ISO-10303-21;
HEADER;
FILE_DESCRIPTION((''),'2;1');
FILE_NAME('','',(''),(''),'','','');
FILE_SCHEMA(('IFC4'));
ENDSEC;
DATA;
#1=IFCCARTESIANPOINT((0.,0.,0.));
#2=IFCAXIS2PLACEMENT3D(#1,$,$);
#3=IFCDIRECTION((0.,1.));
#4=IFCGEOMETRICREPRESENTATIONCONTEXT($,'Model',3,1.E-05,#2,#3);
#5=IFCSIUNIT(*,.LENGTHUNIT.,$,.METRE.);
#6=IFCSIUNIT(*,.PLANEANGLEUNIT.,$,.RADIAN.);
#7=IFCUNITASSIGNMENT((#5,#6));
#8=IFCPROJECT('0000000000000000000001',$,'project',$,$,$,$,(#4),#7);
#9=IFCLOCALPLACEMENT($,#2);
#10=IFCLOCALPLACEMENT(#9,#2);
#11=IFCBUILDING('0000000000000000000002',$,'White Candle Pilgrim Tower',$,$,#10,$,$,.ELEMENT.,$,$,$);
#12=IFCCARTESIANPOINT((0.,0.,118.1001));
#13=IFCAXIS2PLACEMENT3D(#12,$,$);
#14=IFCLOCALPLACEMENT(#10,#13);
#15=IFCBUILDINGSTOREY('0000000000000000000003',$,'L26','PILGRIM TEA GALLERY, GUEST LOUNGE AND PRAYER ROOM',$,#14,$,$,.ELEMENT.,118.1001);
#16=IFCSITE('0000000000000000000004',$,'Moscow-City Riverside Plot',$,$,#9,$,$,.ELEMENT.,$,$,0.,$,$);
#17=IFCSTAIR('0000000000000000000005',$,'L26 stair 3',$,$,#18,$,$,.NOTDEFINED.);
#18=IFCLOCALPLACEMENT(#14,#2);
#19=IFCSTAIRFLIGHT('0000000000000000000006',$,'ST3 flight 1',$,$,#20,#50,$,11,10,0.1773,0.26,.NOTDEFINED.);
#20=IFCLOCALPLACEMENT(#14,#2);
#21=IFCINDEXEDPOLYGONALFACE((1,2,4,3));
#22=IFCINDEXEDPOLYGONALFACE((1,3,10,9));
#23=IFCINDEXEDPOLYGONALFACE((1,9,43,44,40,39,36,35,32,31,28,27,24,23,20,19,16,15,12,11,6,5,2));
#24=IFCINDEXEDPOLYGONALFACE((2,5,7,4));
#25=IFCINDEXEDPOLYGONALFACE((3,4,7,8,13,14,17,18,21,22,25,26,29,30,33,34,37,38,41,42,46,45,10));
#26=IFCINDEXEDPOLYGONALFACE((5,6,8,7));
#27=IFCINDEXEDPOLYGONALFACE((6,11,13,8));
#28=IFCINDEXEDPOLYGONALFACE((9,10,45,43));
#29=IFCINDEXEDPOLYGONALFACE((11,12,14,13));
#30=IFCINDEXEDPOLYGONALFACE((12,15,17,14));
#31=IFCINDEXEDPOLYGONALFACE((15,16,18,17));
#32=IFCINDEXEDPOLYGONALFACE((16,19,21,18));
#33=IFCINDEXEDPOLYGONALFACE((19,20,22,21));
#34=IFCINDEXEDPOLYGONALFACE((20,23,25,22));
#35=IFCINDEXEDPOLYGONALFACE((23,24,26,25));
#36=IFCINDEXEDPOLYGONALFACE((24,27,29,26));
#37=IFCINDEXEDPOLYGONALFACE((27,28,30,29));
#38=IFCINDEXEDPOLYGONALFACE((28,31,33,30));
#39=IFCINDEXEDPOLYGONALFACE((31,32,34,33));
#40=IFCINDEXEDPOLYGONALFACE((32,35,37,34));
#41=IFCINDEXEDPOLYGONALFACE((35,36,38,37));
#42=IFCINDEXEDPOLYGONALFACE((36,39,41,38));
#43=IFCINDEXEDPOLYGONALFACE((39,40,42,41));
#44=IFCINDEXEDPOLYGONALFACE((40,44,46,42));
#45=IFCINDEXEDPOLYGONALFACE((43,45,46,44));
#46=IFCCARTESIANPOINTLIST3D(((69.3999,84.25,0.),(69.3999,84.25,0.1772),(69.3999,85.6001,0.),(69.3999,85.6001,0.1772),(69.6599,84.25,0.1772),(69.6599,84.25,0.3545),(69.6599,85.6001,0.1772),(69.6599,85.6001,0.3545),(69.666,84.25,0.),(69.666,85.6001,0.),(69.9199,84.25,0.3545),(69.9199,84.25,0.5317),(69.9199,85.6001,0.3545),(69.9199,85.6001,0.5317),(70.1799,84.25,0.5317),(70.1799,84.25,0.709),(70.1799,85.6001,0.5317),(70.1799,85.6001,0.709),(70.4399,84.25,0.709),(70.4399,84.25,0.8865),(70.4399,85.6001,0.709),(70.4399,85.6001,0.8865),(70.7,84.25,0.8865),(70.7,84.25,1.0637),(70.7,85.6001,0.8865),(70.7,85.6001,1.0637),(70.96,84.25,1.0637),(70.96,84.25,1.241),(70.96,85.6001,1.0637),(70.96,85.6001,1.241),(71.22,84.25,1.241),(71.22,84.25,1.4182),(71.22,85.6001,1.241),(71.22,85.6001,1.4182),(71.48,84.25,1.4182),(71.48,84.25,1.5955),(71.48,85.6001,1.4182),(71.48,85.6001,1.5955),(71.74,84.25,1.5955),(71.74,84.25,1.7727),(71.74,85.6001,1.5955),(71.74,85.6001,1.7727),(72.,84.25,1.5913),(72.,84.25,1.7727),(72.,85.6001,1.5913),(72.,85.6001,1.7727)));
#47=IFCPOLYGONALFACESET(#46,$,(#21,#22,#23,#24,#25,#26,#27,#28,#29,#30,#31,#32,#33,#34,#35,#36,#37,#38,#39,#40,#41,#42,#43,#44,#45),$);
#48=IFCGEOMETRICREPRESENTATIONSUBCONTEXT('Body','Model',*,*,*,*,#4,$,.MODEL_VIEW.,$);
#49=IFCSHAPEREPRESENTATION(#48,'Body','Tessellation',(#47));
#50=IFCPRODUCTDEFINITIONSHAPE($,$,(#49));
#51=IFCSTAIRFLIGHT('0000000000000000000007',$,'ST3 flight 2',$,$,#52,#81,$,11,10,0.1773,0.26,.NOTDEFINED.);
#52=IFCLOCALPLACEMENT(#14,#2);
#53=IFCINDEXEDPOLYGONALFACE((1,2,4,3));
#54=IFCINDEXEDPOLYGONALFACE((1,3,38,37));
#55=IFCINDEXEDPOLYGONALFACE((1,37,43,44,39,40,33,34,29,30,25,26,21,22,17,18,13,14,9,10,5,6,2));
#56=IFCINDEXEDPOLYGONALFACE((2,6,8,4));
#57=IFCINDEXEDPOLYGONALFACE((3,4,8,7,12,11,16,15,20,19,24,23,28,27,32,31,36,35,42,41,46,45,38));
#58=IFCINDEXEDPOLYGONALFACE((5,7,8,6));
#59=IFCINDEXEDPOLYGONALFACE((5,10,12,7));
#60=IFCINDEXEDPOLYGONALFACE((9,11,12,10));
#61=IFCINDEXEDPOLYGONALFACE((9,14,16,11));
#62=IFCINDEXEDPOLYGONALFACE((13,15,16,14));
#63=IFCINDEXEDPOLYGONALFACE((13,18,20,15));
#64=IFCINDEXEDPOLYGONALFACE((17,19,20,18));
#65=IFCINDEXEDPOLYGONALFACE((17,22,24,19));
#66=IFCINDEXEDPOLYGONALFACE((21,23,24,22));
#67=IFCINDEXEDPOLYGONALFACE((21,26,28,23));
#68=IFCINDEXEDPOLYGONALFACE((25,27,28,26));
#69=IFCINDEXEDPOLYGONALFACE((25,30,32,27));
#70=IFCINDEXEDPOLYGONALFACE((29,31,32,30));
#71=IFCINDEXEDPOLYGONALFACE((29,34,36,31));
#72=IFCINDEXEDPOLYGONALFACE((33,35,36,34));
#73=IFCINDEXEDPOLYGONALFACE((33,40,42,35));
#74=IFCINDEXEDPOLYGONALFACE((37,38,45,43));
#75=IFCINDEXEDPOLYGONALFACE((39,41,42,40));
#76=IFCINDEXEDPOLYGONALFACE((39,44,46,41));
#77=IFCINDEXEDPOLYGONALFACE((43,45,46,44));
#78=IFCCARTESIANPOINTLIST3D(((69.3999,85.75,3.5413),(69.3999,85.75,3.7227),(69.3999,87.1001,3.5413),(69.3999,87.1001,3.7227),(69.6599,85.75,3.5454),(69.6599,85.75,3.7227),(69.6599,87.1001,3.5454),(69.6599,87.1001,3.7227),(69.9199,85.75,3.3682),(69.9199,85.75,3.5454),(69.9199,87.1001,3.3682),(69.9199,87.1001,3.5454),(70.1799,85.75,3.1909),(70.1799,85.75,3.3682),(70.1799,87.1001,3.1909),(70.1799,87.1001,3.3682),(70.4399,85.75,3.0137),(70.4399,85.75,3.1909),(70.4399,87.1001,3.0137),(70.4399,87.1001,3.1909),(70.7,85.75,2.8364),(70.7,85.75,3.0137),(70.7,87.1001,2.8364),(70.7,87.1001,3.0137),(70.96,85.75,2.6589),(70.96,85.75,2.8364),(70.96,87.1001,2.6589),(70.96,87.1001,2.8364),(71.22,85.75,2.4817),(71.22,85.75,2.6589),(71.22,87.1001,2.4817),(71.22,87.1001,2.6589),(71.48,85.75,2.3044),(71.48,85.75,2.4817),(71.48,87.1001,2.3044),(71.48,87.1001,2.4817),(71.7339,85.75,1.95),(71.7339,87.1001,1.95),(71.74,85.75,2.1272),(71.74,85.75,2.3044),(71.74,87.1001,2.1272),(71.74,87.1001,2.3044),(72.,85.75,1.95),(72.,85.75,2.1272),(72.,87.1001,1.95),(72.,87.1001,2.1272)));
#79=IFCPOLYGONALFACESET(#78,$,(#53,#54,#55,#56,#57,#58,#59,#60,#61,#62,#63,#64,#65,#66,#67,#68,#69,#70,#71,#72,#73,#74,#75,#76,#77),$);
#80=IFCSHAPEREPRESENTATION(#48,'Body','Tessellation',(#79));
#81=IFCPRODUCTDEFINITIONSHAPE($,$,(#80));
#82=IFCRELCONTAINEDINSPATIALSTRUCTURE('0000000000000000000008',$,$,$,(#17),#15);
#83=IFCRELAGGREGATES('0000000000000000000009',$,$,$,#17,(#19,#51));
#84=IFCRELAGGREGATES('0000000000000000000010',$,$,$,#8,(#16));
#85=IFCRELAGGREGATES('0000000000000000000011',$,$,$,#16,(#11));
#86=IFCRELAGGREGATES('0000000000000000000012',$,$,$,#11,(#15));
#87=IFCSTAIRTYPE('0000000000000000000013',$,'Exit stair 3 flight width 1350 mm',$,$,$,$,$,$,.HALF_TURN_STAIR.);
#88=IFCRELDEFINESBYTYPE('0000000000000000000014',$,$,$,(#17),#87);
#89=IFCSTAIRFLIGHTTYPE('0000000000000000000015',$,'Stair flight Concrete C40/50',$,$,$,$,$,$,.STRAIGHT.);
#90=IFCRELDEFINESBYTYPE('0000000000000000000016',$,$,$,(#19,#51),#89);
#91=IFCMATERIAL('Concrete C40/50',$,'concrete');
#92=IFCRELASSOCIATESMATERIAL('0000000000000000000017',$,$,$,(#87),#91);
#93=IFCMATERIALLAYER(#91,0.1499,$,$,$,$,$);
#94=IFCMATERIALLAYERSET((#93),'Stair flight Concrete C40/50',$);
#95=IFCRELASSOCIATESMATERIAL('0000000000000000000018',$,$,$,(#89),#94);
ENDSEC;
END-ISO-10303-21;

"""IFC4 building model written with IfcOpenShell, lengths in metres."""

from ifc_helpers import new_model, si_unit, direction, frame, origin, place, context, subcontext, project, spatial, polyline, outline, extrude, material, layer, layer_set, type_object, element, aggregate, save


model = new_model("IFC4")

# Units and contexts
model_context = context("Model", 3, precision=1e-05, world=origin(), true_north=direction((0.0, 1.0)))
body_context = subcontext(model_context, "Body", "Model", "MODEL_VIEW")
ifc_project = project(units=[si_unit("LENGTHUNIT", "METRE"), si_unit("PLANEANGLEUNIT", "RADIAN")], contexts=[model_context])

# Site, building, storey
site_placement = place(None, origin())
site = spatial("IfcSite", under=ifc_project, at=site_placement, Name="Moscow-City Riverside Plot", CompositionType="ELEMENT", RefElevation=0.0)
building_placement = place(site_placement, origin())
building = spatial("IfcBuilding", under=site, at=building_placement, Name="White Candle Pilgrim Tower", CompositionType="ELEMENT")
storey_placement = place(building_placement, frame((0.0, 0.0, 118.1001)))
storey = spatial("IfcBuildingStorey", under=building, at=storey_placement, Name="L26", Description="PILGRIM TEA GALLERY, GUEST LOUNGE AND PRAYER ROOM", CompositionType="ELEMENT", Elevation=118.1001)

# Stair, stair flights
ifc_material_1 = material(Name="Concrete C40/50", Category="concrete")
stair_type = type_object("IfcStairType", Name="Exit stair 3 flight width 1350 mm", PredefinedType="HALF_TURN_STAIR", material=ifc_material_1)
stair_placement = place(storey_placement, origin())
stair = element("IfcStair", 1, at=stair_placement, inside=storey, type_object=stair_type, Name="L26 stair 3", PredefinedType="NOTDEFINED")
ifc_layer_1 = layer(ifc_material_1, 0.1499)
ifc_layer_set_1 = layer_set([ifc_layer_1], Name="Stair flight Concrete C40/50")
stair_flight_type = type_object("IfcStairFlightType", Name="Stair flight Concrete C40/50", PredefinedType="STRAIGHT", material=ifc_layer_set_1)
stair_flight_1_placement = place(storey_placement, frame((69.3999, 84.925, 0.0), z_axis=(0.0, 0.0, 1.0), x_axis=(1.0, 0.0, 0.0)))
stair_flight_1 = element("IfcStairFlight", 2, at=stair_flight_1_placement, type_object=stair_flight_type, Name="ST3 flight 1", NumberOfRisers=11, NumberOfTreads=10, PredefinedType="NOTDEFINED", RiserHeight=0.1773, TreadLength=0.26, context=body_context, shape_type="SweptSolid", body=[
    extrude(outline(polyline([(0.0, 0.0), (0.0, 0.1772), (0.26, 0.1772), (0.26, 0.3545), (0.52, 0.3545), (0.52, 0.5317), (0.78, 0.5317), (0.78, 0.709), (1.04, 0.709), (1.04, 0.8865), (1.3, 0.8865), (1.3, 1.0637), (1.5601, 1.0637), (1.5601, 1.241), (1.8201, 1.241), (1.8201, 1.4182), (2.0801, 1.4182), (2.0801, 1.5955), (2.3401, 1.5955), (2.3401, 1.7727), (2.6001, 1.7727), (2.6001, 1.95), (2.6001, 1.5913), (0.2661, 0.0), (0.0, 0.0)])), frame((0.0, 0.675, 0.0), z_axis=(0.0, -1.0, 0.0), x_axis=(1.0, 0.0, 0.0)), (0.0, 0.0, 1.0), 1.3501),
])
stair_flight_2_placement = place(storey_placement, frame((72.0, 86.425, 1.95), z_axis=(0.0, 0.0, 1.0), x_axis=(-1.0, 0.0, 0.0)))
stair_flight_2 = element("IfcStairFlight", 3, at=stair_flight_2_placement, type_object=stair_flight_type, Name="ST3 flight 2", NumberOfRisers=11, NumberOfTreads=10, PredefinedType="NOTDEFINED", RiserHeight=0.1773, TreadLength=0.26, context=body_context, shape_type="SweptSolid", body=[
    extrude(outline(polyline([(0.0, 0.0), (0.0, 0.1772), (0.26, 0.1772), (0.26, 0.3545), (0.52, 0.3545), (0.52, 0.5317), (0.78, 0.5317), (0.78, 0.709), (1.04, 0.709), (1.04, 0.8865), (1.3, 0.8865), (1.3, 1.0637), (1.5601, 1.0637), (1.5601, 1.241), (1.8201, 1.241), (1.8201, 1.4182), (2.0801, 1.4182), (2.0801, 1.5955), (2.3401, 1.5955), (2.3401, 1.7727), (2.6001, 1.7727), (2.6001, 1.95), (2.6001, 1.5913), (0.2661, 0.0), (0.0, 0.0)])), frame((0.0, 0.675, 0.0), z_axis=(0.0, -1.0, 0.0), x_axis=(1.0, 0.0, 0.0)), (0.0, 0.0, 1.0), 1.3501),
])
aggregate(stair, [stair_flight_1, stair_flight_2])

save(model, "model.ifc")
